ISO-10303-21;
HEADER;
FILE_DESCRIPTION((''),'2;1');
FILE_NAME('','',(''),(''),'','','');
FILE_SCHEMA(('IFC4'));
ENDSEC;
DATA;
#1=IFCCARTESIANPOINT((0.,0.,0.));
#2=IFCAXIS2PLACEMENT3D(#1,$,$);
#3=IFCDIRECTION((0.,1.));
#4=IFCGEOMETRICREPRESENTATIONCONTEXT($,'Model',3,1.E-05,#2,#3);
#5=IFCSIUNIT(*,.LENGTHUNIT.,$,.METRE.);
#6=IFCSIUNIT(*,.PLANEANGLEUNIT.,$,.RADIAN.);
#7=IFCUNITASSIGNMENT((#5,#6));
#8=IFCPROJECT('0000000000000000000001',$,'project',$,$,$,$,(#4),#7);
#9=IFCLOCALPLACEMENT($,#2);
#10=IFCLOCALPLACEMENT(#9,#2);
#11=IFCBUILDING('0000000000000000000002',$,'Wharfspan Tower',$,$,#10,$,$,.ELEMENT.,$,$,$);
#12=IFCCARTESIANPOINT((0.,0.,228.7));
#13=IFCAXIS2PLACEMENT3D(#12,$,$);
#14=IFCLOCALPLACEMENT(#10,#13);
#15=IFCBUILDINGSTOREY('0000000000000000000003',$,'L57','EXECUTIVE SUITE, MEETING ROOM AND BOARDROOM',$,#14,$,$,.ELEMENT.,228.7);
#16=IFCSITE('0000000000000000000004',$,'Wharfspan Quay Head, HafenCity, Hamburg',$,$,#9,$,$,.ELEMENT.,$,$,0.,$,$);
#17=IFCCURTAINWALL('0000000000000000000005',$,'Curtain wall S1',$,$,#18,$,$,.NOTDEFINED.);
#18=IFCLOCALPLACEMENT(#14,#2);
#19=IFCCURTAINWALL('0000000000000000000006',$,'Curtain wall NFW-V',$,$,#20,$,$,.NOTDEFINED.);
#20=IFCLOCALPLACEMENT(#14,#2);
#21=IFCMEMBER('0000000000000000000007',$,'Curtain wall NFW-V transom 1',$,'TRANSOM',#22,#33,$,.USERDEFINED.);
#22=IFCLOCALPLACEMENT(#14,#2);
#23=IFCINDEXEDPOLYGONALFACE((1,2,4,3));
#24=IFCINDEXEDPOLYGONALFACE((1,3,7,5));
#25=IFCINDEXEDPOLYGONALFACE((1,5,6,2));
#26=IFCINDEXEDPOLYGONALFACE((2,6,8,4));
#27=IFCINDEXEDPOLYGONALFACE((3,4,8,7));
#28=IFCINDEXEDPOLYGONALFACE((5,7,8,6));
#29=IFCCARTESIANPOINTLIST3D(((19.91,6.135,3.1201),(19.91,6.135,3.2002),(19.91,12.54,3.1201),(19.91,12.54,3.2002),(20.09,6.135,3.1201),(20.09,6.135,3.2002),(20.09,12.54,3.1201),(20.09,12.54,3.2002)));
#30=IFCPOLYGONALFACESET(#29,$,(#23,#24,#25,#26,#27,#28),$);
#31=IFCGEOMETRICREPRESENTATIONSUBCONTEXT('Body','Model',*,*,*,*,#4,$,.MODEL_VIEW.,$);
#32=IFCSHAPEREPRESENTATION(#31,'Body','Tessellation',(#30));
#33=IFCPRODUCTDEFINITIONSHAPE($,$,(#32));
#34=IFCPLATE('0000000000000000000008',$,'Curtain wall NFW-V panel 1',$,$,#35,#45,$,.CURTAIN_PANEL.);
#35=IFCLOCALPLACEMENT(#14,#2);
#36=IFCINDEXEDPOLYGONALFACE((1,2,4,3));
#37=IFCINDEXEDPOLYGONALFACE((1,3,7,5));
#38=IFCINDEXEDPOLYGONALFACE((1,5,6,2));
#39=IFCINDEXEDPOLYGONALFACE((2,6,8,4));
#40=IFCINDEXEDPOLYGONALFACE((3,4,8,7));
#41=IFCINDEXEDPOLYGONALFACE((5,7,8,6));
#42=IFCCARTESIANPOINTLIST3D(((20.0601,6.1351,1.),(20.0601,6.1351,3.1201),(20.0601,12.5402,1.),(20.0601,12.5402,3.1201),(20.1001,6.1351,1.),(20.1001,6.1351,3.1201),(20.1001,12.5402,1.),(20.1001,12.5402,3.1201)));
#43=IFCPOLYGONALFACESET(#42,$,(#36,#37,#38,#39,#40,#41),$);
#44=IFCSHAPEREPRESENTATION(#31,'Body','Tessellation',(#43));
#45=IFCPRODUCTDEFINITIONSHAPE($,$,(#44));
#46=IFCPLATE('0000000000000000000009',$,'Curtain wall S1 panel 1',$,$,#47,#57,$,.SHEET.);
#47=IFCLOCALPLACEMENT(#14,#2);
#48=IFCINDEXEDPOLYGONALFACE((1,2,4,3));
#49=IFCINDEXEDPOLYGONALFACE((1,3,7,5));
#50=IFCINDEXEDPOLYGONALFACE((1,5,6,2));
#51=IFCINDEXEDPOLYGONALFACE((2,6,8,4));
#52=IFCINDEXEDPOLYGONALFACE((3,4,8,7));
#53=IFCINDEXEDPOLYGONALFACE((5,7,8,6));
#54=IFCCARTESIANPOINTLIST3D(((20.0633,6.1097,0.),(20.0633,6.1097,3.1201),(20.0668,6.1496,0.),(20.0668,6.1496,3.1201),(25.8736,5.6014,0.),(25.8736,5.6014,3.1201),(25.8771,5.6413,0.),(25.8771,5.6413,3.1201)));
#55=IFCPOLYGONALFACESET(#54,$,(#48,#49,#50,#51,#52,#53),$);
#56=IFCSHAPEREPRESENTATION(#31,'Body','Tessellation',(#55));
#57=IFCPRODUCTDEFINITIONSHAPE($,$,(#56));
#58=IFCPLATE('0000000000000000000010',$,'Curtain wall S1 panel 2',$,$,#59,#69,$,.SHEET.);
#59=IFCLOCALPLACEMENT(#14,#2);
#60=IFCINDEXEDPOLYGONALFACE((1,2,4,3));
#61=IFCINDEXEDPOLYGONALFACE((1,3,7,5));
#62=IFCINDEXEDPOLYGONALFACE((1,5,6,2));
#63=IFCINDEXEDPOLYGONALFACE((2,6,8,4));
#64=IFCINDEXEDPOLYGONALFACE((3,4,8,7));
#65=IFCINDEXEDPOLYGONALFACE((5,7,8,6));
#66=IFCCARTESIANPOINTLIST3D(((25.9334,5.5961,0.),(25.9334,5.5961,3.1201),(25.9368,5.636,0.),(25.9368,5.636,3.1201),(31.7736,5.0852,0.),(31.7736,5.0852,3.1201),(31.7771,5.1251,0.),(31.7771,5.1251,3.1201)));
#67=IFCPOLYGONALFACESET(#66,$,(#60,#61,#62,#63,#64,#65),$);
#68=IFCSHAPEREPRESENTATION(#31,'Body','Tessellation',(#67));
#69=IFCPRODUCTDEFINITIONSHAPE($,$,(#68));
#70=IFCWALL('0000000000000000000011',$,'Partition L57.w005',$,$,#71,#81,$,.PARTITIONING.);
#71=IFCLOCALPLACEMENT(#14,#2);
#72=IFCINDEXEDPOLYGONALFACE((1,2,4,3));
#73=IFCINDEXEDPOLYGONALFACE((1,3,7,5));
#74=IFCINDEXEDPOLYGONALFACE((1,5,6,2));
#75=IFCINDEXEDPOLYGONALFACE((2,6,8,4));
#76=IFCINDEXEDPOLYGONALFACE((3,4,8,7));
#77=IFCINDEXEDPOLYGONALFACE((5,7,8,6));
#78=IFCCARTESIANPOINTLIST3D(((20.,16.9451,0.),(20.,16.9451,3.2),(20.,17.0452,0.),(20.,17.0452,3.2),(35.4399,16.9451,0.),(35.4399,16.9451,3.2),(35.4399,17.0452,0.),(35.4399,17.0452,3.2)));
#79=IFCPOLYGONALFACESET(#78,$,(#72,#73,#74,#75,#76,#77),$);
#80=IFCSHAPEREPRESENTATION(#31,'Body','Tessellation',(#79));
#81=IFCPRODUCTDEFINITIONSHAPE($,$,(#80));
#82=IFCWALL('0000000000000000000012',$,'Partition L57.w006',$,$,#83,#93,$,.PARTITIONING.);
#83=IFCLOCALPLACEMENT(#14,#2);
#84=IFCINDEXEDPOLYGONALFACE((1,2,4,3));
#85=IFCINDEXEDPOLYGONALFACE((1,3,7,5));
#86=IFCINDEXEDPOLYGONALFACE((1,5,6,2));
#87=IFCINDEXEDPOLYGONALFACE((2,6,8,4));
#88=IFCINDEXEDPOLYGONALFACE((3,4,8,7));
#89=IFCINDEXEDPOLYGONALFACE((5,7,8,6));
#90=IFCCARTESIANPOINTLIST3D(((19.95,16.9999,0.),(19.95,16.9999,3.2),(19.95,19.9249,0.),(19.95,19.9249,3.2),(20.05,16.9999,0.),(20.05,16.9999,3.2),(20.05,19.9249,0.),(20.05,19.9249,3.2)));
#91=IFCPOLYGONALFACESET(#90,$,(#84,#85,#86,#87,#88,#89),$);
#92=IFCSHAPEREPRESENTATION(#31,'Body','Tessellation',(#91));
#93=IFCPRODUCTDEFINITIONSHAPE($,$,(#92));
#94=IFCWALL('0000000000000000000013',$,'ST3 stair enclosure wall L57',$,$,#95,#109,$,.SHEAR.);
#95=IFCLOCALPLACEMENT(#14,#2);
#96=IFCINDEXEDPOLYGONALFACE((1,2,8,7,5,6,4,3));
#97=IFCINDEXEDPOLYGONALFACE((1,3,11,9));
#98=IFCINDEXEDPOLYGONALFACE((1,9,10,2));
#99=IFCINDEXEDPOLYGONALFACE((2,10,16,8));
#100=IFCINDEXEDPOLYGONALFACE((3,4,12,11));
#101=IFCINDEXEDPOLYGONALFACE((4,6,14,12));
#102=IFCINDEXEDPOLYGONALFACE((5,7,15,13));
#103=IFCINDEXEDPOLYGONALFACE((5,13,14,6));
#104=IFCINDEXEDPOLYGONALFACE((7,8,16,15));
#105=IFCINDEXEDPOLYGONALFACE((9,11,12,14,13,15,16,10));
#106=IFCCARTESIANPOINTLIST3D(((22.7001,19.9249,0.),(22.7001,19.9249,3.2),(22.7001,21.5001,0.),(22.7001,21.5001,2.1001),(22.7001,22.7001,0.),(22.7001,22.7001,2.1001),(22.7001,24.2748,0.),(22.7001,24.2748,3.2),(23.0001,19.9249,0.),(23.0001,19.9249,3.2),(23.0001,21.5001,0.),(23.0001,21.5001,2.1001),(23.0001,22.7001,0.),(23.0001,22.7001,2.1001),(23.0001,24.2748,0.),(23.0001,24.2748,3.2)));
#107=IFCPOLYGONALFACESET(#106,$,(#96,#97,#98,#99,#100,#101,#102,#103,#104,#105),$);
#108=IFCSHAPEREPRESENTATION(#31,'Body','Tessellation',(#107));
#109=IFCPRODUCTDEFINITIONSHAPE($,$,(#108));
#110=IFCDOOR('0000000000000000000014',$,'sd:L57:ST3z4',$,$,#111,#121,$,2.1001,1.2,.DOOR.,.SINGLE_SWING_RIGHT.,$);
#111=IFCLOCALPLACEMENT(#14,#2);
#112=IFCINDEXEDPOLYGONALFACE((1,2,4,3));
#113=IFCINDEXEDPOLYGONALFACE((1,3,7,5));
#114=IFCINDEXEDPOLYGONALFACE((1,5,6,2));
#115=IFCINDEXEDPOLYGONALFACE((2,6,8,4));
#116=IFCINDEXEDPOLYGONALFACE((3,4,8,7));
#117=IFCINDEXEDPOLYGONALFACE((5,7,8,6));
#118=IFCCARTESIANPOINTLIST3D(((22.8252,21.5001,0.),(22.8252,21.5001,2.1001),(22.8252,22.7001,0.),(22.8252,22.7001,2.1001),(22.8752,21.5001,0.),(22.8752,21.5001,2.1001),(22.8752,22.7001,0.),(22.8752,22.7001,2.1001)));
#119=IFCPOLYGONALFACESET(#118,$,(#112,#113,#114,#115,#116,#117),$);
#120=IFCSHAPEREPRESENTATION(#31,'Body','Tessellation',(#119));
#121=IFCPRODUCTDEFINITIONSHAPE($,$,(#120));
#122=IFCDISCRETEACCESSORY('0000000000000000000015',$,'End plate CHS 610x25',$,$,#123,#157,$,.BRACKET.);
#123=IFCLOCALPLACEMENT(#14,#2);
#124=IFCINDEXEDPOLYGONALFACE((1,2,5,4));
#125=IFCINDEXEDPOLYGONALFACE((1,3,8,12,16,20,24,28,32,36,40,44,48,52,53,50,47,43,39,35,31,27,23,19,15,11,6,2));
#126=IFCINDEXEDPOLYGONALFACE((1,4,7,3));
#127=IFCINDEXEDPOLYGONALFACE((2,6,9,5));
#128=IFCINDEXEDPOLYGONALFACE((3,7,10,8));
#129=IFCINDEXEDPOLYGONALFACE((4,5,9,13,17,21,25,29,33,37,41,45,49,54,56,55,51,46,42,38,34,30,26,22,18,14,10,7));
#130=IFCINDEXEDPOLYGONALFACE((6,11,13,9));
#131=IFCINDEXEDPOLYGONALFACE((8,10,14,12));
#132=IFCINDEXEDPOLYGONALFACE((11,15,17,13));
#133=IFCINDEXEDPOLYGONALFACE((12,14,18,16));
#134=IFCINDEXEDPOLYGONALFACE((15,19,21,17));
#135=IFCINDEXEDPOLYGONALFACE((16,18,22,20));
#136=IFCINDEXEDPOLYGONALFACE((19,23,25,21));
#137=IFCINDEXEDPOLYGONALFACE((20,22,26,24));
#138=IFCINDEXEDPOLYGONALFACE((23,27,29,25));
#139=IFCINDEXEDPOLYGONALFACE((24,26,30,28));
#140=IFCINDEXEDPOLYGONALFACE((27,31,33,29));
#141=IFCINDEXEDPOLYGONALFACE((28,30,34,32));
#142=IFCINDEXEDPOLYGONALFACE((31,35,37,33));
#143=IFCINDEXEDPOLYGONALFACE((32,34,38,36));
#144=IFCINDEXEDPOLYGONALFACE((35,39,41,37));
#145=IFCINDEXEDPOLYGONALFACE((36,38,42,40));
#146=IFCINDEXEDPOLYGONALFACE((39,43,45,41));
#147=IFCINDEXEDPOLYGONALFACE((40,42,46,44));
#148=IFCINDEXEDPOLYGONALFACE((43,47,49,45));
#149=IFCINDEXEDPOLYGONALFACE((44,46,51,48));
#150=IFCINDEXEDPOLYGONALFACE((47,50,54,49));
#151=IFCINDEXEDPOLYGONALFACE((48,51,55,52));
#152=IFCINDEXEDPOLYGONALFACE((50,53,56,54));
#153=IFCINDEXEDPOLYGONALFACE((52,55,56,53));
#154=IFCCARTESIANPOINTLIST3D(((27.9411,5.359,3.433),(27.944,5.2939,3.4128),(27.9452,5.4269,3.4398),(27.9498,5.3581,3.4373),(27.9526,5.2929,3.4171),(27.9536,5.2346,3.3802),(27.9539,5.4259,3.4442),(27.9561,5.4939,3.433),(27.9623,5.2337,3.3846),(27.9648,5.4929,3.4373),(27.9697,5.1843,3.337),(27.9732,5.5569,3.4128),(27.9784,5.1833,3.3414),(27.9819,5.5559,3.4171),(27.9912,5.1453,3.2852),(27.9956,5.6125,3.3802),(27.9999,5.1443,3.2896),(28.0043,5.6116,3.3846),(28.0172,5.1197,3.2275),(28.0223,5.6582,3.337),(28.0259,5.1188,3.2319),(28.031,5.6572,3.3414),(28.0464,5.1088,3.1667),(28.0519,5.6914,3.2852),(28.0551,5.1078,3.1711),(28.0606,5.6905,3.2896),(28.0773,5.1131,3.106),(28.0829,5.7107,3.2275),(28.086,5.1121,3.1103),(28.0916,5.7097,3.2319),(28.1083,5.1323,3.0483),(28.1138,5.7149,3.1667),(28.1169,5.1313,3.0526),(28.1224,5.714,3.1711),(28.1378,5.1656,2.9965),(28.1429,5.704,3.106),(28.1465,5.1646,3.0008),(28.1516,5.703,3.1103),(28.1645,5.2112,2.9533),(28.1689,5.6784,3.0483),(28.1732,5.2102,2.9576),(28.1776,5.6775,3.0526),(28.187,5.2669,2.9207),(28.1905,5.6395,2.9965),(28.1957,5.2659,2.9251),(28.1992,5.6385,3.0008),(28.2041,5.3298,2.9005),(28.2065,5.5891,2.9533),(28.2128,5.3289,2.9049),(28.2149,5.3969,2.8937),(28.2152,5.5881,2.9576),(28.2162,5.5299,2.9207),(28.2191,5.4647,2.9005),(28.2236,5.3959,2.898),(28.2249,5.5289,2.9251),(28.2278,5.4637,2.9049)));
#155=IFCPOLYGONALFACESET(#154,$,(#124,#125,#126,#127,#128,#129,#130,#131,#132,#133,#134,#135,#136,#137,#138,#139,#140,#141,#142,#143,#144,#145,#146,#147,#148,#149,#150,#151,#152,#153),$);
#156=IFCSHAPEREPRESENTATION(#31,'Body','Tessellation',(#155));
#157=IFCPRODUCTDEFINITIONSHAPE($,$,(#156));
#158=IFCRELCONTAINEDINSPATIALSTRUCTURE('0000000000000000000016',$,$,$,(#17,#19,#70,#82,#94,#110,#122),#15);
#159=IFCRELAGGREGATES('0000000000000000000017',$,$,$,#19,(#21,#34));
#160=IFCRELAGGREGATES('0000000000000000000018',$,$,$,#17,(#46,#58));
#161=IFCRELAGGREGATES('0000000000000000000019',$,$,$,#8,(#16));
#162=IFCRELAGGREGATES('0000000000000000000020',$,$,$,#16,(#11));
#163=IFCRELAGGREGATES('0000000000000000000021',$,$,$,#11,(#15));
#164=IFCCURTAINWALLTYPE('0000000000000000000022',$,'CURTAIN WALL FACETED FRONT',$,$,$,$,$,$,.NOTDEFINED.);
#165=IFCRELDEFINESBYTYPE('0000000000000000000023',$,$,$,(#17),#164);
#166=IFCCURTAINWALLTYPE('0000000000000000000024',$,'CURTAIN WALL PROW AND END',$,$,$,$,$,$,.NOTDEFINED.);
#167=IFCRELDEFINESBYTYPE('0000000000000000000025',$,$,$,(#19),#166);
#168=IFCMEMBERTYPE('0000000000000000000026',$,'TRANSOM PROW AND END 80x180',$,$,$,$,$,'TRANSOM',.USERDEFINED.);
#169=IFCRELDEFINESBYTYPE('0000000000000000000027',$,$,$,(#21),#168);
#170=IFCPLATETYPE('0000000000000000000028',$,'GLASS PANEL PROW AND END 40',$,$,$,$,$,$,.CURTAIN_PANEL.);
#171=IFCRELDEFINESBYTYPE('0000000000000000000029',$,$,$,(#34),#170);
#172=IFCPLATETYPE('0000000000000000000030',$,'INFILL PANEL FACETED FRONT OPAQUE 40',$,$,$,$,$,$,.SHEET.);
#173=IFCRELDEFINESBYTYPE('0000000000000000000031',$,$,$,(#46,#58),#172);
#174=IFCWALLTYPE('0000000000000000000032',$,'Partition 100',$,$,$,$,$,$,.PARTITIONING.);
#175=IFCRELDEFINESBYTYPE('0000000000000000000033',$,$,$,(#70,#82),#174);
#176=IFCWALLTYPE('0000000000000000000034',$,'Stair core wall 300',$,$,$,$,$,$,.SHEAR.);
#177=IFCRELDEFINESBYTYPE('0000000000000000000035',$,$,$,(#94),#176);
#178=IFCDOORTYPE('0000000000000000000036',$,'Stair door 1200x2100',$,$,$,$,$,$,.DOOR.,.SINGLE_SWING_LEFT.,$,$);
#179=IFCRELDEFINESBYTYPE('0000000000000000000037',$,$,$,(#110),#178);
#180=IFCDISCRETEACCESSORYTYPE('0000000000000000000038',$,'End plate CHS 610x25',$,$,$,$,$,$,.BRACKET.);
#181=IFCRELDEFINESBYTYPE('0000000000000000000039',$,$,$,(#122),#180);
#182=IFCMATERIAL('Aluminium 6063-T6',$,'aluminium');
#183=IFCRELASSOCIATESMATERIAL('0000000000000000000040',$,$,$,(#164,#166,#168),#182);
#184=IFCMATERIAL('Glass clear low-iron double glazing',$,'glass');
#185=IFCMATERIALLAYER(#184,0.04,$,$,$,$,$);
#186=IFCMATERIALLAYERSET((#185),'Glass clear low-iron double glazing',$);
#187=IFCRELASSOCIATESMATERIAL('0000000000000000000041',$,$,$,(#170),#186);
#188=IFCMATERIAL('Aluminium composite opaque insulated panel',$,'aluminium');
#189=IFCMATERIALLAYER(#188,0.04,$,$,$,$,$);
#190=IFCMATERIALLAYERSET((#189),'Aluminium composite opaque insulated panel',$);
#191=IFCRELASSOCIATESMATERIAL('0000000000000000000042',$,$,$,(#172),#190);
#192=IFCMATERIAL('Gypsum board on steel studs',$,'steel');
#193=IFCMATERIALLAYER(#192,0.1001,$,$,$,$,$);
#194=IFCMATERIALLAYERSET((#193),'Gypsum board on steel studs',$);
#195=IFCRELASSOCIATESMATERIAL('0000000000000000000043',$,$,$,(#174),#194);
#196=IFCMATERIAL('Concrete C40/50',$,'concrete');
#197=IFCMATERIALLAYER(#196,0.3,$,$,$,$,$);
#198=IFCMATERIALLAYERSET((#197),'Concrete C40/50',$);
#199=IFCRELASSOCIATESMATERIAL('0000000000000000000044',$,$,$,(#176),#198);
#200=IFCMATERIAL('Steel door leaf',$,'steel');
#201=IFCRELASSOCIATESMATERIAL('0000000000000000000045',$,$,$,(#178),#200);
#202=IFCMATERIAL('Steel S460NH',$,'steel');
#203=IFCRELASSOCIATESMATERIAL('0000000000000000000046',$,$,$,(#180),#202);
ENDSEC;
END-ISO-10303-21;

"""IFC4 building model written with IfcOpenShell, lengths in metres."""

from ifc_helpers import new_model, si_unit, direction, frame, frame_2d, origin, origin_2d, place, context, subcontext, project, spatial, rectangle, circle, extrude, material, layer, layer_set, material_profile, profile_set, type_object, element, fill, aggregate, save


model = new_model("IFC4")

# Units and contexts
model_context = context("Model", 3, precision=1e-05, world=origin(), true_north=direction((0.0, 1.0)))
body_context = subcontext(model_context, "Body", "Model", "MODEL_VIEW")
ifc_project = project(units=[si_unit("LENGTHUNIT", "METRE"), si_unit("PLANEANGLEUNIT", "RADIAN")], contexts=[model_context])

# Site, building, storey
site_placement = place(None, origin())
site = spatial("IfcSite", under=ifc_project, at=site_placement, Name="Wharfspan Quay Head, HafenCity, Hamburg", CompositionType="ELEMENT", RefElevation=0.0)
building_placement = place(site_placement, origin())
building = spatial("IfcBuilding", under=site, at=building_placement, Name="Wharfspan Tower", CompositionType="ELEMENT")
storey_placement = place(building_placement, frame((0.0, 0.0, 228.7)))
storey = spatial("IfcBuildingStorey", under=building, at=storey_placement, Name="L57", Description="EXECUTIVE SUITE, MEETING ROOM AND BOARDROOM", CompositionType="ELEMENT", Elevation=228.7)

# Curtain walls
ifc_material_1 = material(Name="Aluminium 6063-T6", Category="aluminium")
curtain_wall_type_1 = type_object("IfcCurtainWallType", Name="CURTAIN WALL FACETED FRONT", PredefinedType="NOTDEFINED", material=ifc_material_1)
curtain_wall_1_placement = place(storey_placement, origin())
curtain_wall_1 = element("IfcCurtainWall", 1, at=curtain_wall_1_placement, inside=storey, type_object=curtain_wall_type_1, Name="Curtain wall S1", PredefinedType="NOTDEFINED")
curtain_wall_type_2 = type_object("IfcCurtainWallType", Name="CURTAIN WALL PROW AND END", PredefinedType="NOTDEFINED", material=ifc_material_1)
curtain_wall_2_placement = place(storey_placement, origin())
curtain_wall_2 = element("IfcCurtainWall", 2, at=curtain_wall_2_placement, inside=storey, type_object=curtain_wall_type_2, Name="Curtain wall NFW-V", PredefinedType="NOTDEFINED")

# Shared definitions
ifc_material_2 = material(Name="Steel S460NH", Category="steel")

# Member
ifc_material_profile_1 = material_profile(ifc_material_1, rectangle(XDim=0.1799, YDim=0.0801, at=origin_2d()))
ifc_profile_set_1 = profile_set([ifc_material_profile_1], Name="Aluminium 6063-T6")
member_type_1 = type_object("IfcMemberType", Name="TRANSOM PROW AND END 80x180", ElementType="TRANSOM", PredefinedType="USERDEFINED", material=ifc_profile_set_1)
member_1_placement = place(storey_placement, frame((20.0, 12.54, 3.1602), z_axis=(0.0, -1.0, 0.0), x_axis=(1.0, 0.0, 0.0)))
member_1 = element("IfcMember", 3, at=member_1_placement, type_object=member_type_1, Name="Curtain wall NFW-V transom 1", ObjectType="TRANSOM", PredefinedType="USERDEFINED", context=body_context, shape_type="SweptSolid", body=[
    extrude(rectangle(XDim=0.1799, YDim=0.0801, at=origin_2d()), origin(), (0.0, 0.0, 1.0), 6.405),
])

# Plates
ifc_material_3 = material(Name="Glass clear low-iron double glazing", Category="glass")
ifc_layer_1 = layer(ifc_material_3, 0.04)
ifc_layer_set_1 = layer_set([ifc_layer_1], Name="Glass clear low-iron double glazing")
plate_type_1 = type_object("IfcPlateType", Name="GLASS PANEL PROW AND END 40", PredefinedType="CURTAIN_PANEL", material=ifc_layer_set_1)
plate_1_placement = place(storey_placement, frame((20.0801, 9.3376, 1.0), z_axis=(0.0, 0.0, 1.0), x_axis=(0.0, -1.0, 0.0)))
plate_1 = element("IfcPlate", 4, at=plate_1_placement, type_object=plate_type_1, Name="Curtain wall NFW-V panel 1", PredefinedType="CURTAIN_PANEL", context=body_context, shape_type="SweptSolid", body=[
    extrude(rectangle(XDim=6.405, YDim=0.04, at=origin_2d()), origin(), (0.0, 0.0, 1.0), 2.1201),
])
aggregate(curtain_wall_2, [member_1, plate_1])
ifc_material_4 = material(Name="Aluminium composite opaque insulated panel", Category="aluminium")
ifc_layer_2 = layer(ifc_material_4, 0.04)
ifc_layer_set_2 = layer_set([ifc_layer_2], Name="Aluminium composite opaque insulated panel")
plate_type_2 = type_object("IfcPlateType", Name="INFILL PANEL FACETED FRONT OPAQUE 40", PredefinedType="SHEET", material=ifc_layer_set_2)
plate_2_placement = place(storey_placement, frame((22.9702, 5.8755, 0.0), z_axis=(0.0, 0.0, 1.0), x_axis=(0.996197, -0.087156, 0.0)))
plate_2 = element("IfcPlate", 5, at=plate_2_placement, type_object=plate_type_2, Name="Curtain wall S1 panel 1", PredefinedType="SHEET", context=body_context, shape_type="SweptSolid", body=[
    extrude(rectangle(XDim=5.8325, YDim=0.04, at=origin_2d()), origin(), (0.0, 0.0, 1.0), 3.1201),
])
plate_3_placement = place(storey_placement, frame((28.8552, 5.3606, 0.0), z_axis=(0.0, 0.0, 1.0), x_axis=(0.996197, -0.087156, 0.0)))
plate_3 = element("IfcPlate", 6, at=plate_3_placement, type_object=plate_type_2, Name="Curtain wall S1 panel 2", PredefinedType="SHEET", context=body_context, shape_type="SweptSolid", body=[
    extrude(rectangle(XDim=5.8625, YDim=0.04, at=origin_2d()), origin(), (0.0, 0.0, 1.0), 3.1201),
])
aggregate(curtain_wall_1, [plate_2, plate_3])

# Walls
ifc_material_5 = material(Name="Gypsum board on steel studs", Category="steel")
ifc_layer_3 = layer(ifc_material_5, 0.1001)
ifc_layer_set_3 = layer_set([ifc_layer_3], Name="Gypsum board on steel studs")
wall_type_1 = type_object("IfcWallType", Name="Partition 100", PredefinedType="PARTITIONING", material=ifc_layer_set_3)
wall_1_placement = place(storey_placement, frame((20.0, 16.9951, 0.0), z_axis=(0.0, 0.0, 1.0), x_axis=(1.0, 0.0, 0.0)))
element("IfcWall", 7, at=wall_1_placement, inside=storey, type_object=wall_type_1, Name="Partition L57.w005", PredefinedType="PARTITIONING", context=body_context, shape_type="SweptSolid", body=[
    extrude(rectangle(XDim=15.4399, YDim=0.1001, at=frame_2d((7.72, 0.0))), origin(), (0.0, 0.0, 1.0), 3.2),
])
wall_2_placement = place(storey_placement, frame((20.0, 17.0, 0.0), z_axis=(0.0, 0.0, 1.0), x_axis=(0.0, 1.0, 0.0)))
element("IfcWall", 8, at=wall_2_placement, inside=storey, type_object=wall_type_1, Name="Partition L57.w006", PredefinedType="PARTITIONING", context=body_context, shape_type="SweptSolid", body=[
    extrude(rectangle(XDim=2.925, YDim=0.1001, at=frame_2d((1.4624, 0.0))), origin(), (0.0, 0.0, 1.0), 3.2),
])

# Wall, opening, door
ifc_material_6 = material(Name="Concrete C40/50", Category="concrete")
ifc_layer_4 = layer(ifc_material_6, 0.3)
ifc_layer_set_4 = layer_set([ifc_layer_4], Name="Concrete C40/50")
wall_type_2 = type_object("IfcWallType", Name="Stair core wall 300", PredefinedType="SHEAR", material=ifc_layer_set_4)
wall_3_placement = place(storey_placement, frame((22.8501, 19.925, 0.0), z_axis=(0.0, 0.0, 1.0), x_axis=(0.0, 1.0, 0.0)))
wall_3 = element("IfcWall", 9, at=wall_3_placement, inside=storey, type_object=wall_type_2, Name="ST3 stair enclosure wall L57", PredefinedType="SHEAR", context=body_context, shape_type="SweptSolid", body=[
    extrude(rectangle(XDim=4.3499, YDim=0.3, at=frame_2d((2.1748, 0.0))), origin(), (0.0, 0.0, 1.0), 3.2),
])
opening_placement = place(wall_3_placement, frame((1.575, 0.0, 0.0)))
opening = element("IfcOpeningElement", 10, at=opening_placement, cuts=wall_3, PredefinedType="OPENING", context=body_context, shape_type="SweptSolid", body=[
    extrude(rectangle(XDim=1.2, YDim=2.1001, at=frame_2d((0.6001, 1.05))), frame((0.0, 0.1599, 0.0), z_axis=(0.0, -1.0, 0.0), x_axis=(1.0, 0.0, 0.0)), (0.0, 0.0, 1.0), 0.3201),
])
ifc_material_7 = material(Name="Steel door leaf", Category="steel")
door_type = type_object("IfcDoorType", Name="Stair door 1200x2100", OperationType="SINGLE_SWING_LEFT", PredefinedType="DOOR", material=ifc_material_7)
door_placement = place(opening_placement, origin())
door = element("IfcDoor", 11, at=door_placement, inside=storey, type_object=door_type, Name="sd:L57:ST3z4", OperationType="SINGLE_SWING_RIGHT", OverallHeight=2.1001, OverallWidth=1.2, PredefinedType="DOOR", context=body_context, shape_type="SweptSolid", body=[
    extrude(rectangle(XDim=1.2, YDim=2.1001, at=frame_2d((0.6001, 1.05))), frame((0.0, 0.0249, 0.0), z_axis=(0.0, -1.0, 0.0), x_axis=(1.0, 0.0, 0.0)), (0.0, 0.0, 1.0), 0.05),
])
fill(opening, door)

# Discrete accessory
ifc_material_profile_2 = material_profile(ifc_material_2, circle(Radius=0.3049, at=origin_2d()))
ifc_profile_set_2 = profile_set([ifc_material_profile_2], Name="Steel S460NH")
discrete_accessory_type = type_object("IfcDiscreteAccessoryType", Name="End plate CHS 610x25", PredefinedType="BRACKET", material=ifc_profile_set_2)
discrete_accessory_1_placement = place(storey_placement, frame((28.0801, 5.4119, 3.1667), z_axis=(0.890043, -0.098894, 0.445021), x_axis=(0.110431, 0.99388, 0.000001)))
element("IfcDiscreteAccessory", 12, at=discrete_accessory_1_placement, inside=storey, type_object=discrete_accessory_type, Name="End plate CHS 610x25", PredefinedType="BRACKET", context=body_context, shape_type="SweptSolid", body=[
    extrude(circle(Radius=0.3049, at=origin_2d()), origin(), (0.0, 0.0, 1.0), 0.0098),
])

save(model, "model.ifc")
